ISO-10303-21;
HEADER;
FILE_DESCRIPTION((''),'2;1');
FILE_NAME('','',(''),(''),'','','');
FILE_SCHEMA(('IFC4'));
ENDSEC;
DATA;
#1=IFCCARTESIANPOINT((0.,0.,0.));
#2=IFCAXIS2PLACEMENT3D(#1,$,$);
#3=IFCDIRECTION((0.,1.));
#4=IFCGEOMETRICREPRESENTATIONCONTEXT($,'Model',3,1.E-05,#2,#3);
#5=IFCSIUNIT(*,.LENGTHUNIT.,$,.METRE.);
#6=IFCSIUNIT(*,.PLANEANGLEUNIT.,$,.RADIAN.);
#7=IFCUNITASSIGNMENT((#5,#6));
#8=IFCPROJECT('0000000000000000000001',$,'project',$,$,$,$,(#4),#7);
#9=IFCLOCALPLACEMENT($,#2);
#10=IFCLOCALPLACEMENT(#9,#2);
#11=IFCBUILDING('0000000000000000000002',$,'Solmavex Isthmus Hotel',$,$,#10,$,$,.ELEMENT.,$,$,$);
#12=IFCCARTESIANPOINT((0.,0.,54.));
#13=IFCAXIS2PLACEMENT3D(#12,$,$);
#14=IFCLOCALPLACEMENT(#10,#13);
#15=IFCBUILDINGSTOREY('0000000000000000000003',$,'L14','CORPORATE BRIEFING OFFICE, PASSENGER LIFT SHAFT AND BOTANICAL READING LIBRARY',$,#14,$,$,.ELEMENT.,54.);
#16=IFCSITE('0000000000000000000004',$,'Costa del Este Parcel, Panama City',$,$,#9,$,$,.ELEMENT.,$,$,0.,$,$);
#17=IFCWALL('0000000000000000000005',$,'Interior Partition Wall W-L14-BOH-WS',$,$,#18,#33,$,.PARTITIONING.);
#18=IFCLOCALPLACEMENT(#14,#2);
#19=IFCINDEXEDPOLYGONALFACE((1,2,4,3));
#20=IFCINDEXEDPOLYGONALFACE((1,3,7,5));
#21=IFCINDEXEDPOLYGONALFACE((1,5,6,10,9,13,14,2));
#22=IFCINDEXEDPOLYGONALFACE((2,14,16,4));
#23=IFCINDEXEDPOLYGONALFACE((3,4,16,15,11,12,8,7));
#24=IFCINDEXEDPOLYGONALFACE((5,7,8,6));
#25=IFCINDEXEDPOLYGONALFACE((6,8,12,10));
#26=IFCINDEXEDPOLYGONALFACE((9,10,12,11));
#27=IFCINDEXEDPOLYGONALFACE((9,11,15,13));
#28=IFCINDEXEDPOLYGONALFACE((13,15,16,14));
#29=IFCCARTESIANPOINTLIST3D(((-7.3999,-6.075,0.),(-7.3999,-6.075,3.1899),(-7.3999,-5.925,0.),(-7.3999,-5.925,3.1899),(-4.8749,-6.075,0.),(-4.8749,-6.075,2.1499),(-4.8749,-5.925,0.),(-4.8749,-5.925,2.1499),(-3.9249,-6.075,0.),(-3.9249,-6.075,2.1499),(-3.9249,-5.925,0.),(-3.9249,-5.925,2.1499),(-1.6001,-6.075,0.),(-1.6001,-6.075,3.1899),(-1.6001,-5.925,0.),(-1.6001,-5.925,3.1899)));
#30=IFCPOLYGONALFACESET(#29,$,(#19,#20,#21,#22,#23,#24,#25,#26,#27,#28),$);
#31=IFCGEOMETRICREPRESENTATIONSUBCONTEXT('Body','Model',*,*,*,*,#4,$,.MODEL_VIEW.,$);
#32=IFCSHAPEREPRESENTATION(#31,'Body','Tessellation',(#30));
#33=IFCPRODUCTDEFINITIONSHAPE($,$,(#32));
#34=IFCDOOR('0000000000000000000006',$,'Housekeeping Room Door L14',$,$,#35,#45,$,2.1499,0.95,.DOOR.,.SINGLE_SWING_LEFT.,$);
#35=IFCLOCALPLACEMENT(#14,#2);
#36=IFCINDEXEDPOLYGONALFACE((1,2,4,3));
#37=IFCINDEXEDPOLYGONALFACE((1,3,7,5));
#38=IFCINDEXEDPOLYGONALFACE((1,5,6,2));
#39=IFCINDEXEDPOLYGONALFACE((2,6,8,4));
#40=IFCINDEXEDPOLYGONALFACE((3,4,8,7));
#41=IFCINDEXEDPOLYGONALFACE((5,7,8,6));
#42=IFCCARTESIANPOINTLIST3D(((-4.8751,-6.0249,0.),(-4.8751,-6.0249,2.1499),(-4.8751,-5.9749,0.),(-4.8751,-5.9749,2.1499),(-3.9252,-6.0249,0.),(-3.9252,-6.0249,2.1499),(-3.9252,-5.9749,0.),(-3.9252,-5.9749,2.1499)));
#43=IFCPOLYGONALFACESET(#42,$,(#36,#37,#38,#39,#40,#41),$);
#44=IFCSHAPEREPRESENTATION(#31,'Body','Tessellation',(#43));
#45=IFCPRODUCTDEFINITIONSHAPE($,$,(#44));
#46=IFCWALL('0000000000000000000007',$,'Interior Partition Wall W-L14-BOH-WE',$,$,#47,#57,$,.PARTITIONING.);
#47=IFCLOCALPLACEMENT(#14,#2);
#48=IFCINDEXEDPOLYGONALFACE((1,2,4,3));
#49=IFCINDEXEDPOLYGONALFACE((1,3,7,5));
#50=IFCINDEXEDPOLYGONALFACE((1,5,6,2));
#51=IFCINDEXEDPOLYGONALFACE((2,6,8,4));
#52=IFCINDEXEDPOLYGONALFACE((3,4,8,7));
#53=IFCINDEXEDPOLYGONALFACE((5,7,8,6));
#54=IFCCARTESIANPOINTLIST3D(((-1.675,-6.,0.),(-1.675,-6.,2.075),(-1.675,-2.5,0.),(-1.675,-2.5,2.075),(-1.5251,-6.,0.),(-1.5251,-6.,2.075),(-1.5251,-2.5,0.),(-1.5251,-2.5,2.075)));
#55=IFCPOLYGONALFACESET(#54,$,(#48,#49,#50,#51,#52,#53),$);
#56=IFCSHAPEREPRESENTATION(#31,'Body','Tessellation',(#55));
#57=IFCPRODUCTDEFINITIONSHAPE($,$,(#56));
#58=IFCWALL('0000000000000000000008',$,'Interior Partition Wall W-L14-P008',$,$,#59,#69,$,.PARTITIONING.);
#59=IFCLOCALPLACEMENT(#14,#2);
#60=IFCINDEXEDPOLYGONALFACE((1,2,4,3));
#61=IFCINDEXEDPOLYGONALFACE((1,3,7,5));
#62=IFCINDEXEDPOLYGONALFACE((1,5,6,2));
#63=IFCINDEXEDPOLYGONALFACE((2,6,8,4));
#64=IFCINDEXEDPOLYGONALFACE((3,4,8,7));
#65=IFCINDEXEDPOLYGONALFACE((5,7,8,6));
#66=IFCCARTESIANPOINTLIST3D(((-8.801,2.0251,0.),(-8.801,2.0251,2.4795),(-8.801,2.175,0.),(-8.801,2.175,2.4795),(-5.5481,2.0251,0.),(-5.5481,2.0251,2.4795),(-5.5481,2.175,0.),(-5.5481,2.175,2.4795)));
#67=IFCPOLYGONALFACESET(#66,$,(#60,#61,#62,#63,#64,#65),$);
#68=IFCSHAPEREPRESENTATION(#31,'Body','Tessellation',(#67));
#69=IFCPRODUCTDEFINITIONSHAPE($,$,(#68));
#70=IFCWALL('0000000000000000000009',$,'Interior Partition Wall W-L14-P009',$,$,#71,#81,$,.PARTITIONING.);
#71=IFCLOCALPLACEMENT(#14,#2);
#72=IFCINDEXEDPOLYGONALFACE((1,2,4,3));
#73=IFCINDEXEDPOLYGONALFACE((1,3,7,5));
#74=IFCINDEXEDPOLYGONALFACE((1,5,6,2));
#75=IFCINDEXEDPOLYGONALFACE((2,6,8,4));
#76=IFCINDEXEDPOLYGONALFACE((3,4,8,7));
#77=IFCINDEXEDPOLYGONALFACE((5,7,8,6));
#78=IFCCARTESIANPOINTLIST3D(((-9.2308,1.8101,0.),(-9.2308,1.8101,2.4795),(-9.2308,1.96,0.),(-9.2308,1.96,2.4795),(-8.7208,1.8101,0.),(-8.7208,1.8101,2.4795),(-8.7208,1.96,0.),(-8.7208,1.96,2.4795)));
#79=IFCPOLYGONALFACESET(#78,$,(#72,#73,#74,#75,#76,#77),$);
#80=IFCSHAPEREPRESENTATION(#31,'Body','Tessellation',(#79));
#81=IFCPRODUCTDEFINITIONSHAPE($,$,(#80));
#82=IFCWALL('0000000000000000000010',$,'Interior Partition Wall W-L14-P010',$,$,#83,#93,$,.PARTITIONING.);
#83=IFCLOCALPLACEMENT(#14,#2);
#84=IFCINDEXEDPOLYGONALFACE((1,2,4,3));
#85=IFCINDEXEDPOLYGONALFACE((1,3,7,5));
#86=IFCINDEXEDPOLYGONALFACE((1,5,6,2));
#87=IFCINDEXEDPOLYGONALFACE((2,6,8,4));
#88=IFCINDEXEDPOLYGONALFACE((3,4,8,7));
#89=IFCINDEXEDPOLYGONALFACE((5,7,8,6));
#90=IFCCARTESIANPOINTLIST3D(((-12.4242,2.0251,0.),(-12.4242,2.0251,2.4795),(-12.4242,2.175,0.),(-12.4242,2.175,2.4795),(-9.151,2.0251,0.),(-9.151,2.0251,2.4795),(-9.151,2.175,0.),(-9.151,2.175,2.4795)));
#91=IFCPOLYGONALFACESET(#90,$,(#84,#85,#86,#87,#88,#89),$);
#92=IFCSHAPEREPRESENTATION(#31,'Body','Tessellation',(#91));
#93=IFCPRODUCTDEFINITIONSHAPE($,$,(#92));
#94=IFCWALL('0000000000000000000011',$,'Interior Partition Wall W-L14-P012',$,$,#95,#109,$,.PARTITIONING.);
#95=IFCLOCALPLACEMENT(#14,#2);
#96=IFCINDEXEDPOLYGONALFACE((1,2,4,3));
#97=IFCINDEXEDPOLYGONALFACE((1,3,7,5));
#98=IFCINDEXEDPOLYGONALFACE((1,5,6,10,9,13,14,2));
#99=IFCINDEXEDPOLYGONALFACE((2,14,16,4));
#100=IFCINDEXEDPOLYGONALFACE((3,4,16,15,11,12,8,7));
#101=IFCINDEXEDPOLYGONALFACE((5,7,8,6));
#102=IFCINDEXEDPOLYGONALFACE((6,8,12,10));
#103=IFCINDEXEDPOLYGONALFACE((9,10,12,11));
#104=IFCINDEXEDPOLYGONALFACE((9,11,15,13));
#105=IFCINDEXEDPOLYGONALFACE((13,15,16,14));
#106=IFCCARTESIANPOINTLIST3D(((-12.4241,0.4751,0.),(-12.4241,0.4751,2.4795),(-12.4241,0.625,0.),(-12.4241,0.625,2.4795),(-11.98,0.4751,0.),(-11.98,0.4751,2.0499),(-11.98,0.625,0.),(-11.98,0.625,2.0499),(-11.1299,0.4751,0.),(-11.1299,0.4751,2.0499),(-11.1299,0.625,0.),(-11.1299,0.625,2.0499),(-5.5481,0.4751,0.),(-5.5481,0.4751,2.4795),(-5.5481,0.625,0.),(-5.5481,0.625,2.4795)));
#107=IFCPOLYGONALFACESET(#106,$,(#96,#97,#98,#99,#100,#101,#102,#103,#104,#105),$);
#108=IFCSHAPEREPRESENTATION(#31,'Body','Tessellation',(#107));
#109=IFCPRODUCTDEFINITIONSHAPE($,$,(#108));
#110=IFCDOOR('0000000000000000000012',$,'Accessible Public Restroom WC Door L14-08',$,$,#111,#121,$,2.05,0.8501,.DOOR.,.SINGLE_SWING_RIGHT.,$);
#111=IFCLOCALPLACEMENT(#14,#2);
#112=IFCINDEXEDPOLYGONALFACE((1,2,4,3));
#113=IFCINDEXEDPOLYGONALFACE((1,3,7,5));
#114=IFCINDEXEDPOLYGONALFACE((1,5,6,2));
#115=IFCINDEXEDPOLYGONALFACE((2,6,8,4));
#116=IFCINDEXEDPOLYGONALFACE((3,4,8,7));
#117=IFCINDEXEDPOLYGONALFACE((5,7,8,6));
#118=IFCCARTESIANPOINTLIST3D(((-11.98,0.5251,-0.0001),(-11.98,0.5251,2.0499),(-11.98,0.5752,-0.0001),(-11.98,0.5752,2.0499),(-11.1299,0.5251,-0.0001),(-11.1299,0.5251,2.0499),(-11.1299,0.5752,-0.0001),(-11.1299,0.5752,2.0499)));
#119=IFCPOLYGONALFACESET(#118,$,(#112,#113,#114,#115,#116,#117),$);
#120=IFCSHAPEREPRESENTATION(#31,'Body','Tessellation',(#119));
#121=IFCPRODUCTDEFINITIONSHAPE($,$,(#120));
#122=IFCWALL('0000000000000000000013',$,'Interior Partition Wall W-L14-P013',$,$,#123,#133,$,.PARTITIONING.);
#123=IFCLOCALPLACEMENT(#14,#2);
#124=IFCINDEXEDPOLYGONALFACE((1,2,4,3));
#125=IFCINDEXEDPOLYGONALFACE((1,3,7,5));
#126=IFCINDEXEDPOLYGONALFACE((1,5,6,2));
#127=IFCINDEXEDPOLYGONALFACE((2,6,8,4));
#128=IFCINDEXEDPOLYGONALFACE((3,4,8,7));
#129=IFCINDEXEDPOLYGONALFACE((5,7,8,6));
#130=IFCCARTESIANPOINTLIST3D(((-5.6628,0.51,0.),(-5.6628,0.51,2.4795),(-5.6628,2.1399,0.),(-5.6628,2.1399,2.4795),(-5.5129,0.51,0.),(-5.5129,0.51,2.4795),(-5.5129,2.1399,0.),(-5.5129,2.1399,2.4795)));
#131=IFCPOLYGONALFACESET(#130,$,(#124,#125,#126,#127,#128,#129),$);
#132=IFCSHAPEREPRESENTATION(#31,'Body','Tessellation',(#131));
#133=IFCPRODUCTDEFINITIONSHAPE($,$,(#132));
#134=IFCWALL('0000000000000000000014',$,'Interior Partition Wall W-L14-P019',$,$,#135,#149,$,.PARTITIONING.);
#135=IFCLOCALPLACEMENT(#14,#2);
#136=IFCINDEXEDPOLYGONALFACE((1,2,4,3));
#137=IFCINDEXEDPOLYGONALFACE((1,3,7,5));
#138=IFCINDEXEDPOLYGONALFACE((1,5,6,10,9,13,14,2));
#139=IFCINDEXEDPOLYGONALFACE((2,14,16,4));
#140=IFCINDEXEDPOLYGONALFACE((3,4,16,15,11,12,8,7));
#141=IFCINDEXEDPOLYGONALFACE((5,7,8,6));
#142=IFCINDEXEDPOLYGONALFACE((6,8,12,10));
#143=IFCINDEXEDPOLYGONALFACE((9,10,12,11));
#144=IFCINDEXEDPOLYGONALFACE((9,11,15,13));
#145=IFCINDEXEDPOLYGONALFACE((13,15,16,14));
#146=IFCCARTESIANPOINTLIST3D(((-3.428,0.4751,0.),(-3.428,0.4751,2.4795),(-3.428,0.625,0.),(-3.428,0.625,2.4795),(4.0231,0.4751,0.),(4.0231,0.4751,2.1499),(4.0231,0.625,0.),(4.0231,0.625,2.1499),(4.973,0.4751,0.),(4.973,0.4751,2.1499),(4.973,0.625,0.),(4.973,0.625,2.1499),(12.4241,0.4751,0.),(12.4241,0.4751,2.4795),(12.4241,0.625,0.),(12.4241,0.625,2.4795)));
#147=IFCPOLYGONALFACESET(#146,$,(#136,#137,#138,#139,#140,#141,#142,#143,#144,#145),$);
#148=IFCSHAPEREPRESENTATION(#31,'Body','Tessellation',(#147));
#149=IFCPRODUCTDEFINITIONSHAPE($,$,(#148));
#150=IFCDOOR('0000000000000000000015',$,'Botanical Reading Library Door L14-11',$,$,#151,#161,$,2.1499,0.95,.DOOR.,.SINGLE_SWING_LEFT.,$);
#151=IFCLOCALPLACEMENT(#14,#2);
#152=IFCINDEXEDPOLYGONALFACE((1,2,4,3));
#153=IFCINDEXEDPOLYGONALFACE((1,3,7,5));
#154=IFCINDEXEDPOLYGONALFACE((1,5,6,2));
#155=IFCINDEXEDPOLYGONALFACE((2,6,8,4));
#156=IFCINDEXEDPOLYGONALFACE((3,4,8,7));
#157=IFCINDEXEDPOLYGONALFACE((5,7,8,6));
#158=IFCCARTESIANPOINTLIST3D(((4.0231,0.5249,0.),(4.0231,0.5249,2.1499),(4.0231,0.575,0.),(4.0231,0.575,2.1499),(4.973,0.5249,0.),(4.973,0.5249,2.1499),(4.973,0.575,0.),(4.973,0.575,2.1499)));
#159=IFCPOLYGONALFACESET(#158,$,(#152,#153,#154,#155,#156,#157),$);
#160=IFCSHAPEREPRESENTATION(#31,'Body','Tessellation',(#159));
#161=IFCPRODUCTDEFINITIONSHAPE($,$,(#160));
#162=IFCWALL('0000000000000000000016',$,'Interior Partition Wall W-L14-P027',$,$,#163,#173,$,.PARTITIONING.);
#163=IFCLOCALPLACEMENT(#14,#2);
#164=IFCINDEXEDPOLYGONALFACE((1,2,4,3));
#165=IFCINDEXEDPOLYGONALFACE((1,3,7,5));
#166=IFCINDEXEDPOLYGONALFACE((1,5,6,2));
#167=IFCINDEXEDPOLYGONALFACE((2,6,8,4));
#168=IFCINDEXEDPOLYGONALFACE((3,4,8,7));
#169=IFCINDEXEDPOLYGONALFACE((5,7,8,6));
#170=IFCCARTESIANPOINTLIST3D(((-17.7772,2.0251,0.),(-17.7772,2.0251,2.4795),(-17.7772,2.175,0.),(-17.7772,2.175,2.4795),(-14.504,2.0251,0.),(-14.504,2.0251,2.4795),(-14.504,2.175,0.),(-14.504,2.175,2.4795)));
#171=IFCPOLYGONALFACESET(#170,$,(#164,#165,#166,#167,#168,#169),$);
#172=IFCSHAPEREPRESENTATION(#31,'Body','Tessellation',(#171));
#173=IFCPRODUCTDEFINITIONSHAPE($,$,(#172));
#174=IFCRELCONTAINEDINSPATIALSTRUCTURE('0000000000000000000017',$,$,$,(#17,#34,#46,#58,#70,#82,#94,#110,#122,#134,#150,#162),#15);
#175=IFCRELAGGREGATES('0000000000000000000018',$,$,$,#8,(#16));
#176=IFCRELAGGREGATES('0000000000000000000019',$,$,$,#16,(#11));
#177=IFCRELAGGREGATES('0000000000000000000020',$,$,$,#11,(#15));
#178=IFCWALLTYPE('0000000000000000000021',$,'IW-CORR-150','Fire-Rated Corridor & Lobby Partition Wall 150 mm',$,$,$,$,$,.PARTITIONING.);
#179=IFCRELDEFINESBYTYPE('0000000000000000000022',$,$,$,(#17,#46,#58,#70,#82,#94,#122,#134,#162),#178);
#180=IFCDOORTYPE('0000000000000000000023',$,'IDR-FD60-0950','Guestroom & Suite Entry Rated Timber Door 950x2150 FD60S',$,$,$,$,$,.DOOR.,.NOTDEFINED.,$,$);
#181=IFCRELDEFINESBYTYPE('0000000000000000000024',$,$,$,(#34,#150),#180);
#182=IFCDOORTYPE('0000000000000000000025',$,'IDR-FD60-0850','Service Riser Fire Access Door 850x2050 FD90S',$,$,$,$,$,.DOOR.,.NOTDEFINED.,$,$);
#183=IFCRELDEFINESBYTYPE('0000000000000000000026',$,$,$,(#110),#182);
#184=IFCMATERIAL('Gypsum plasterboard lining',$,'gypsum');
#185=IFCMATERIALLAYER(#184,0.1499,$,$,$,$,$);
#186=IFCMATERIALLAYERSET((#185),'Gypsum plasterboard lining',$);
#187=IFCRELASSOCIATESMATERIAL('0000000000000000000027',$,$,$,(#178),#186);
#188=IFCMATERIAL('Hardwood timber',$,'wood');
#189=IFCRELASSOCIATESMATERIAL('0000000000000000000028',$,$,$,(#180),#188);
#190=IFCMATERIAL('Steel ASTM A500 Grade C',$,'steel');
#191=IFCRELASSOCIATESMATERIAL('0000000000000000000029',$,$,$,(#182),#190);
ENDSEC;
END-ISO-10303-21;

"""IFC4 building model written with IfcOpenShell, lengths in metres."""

from ifc_helpers import new_model, si_unit, direction, frame, frame_2d, origin, place, context, subcontext, project, spatial, rectangle, extrude, material, layer, layer_set, type_object, element, fill, save


model = new_model("IFC4")

# Units and contexts
model_context = context("Model", 3, precision=1e-05, world=origin(), true_north=direction((0.0, 1.0)))
body_context = subcontext(model_context, "Body", "Model", "MODEL_VIEW")
ifc_project = project(units=[si_unit("LENGTHUNIT", "METRE"), si_unit("PLANEANGLEUNIT", "RADIAN")], contexts=[model_context])

# Site, building, storey
site_placement = place(None, origin())
site = spatial("IfcSite", under=ifc_project, at=site_placement, Name="Costa del Este Parcel, Panama City", CompositionType="ELEMENT", RefElevation=0.0)
building_placement = place(site_placement, origin())
building = spatial("IfcBuilding", under=site, at=building_placement, Name="Solmavex Isthmus Hotel", CompositionType="ELEMENT")
storey_placement = place(building_placement, frame((0.0, 0.0, 54.0)))
storey = spatial("IfcBuildingStorey", under=building, at=storey_placement, Name="L14", Description="CORPORATE BRIEFING OFFICE, PASSENGER LIFT SHAFT AND BOTANICAL READING LIBRARY", CompositionType="ELEMENT", Elevation=54.0)

# Wall, opening, door
ifc_material_1 = material(Name="Gypsum plasterboard lining", Category="gypsum")
ifc_layer_1 = layer(ifc_material_1, 0.1499)
ifc_layer_set_1 = layer_set([ifc_layer_1], Name="Gypsum plasterboard lining")
wall_type_1 = type_object("IfcWallType", Name="IW-CORR-150", Description="Fire-Rated Corridor & Lobby Partition Wall 150 mm", PredefinedType="PARTITIONING", material=ifc_layer_set_1)
wall_1_placement = place(storey_placement, frame((-7.3999, -6.0, 0.0), z_axis=(0.0, 0.0, 1.0), x_axis=(1.0, 0.0, 0.0)))
wall_1 = element("IfcWall", 1, at=wall_1_placement, inside=storey, type_object=wall_type_1, Name="Interior Partition Wall W-L14-BOH-WS", PredefinedType="PARTITIONING", context=body_context, shape_type="SweptSolid", body=[
    extrude(rectangle(XDim=5.7998, YDim=0.1499, at=frame_2d((2.8999, 0.0))), origin(), (0.0, 0.0, 1.0), 3.1899),
])
opening_1_placement = place(wall_1_placement, frame((2.5249, 0.0, 0.0)))
opening_1 = element("IfcOpeningElement", 2, at=opening_1_placement, cuts=wall_1, PredefinedType="OPENING", context=body_context, shape_type="SweptSolid", body=[
    extrude(rectangle(XDim=0.95, YDim=2.1499, at=frame_2d((0.4751, 1.075))), frame((0.0, 0.085, 0.0), z_axis=(0.0, -1.0, 0.0), x_axis=(1.0, 0.0, 0.0)), (0.0, 0.0, 1.0), 0.1699),
])
ifc_material_2 = material(Name="Hardwood timber", Category="wood")
door_type_1 = type_object("IfcDoorType", Name="IDR-FD60-0950", Description="Guestroom & Suite Entry Rated Timber Door 950x2150 FD60S", OperationType="NOTDEFINED", PredefinedType="DOOR", material=ifc_material_2)
door_1_placement = place(opening_1_placement, frame((0.95, 0.0, 0.0), z_axis=(0.0, 0.0, 1.0), x_axis=(-1.0, 0.0, 0.0)))
door_1 = element("IfcDoor", 3, at=door_1_placement, inside=storey, type_object=door_type_1, Name="Housekeeping Room Door L14", OperationType="SINGLE_SWING_LEFT", OverallHeight=2.1499, OverallWidth=0.95, PredefinedType="DOOR", context=body_context, shape_type="SweptSolid", body=[
    extrude(rectangle(XDim=0.95, YDim=2.1499, at=frame_2d((0.4751, 1.075))), frame((0.0, 0.0249, 0.0), z_axis=(0.0, -1.0, 0.0), x_axis=(1.0, 0.0, 0.0)), (0.0, 0.0, 1.0), 0.05),
])
fill(opening_1, door_1)

# Walls
wall_2_placement = place(storey_placement, frame((-1.6001, -6.0, 0.0), z_axis=(0.0, 0.0, 1.0), x_axis=(0.0, 1.0, 0.0)))
element("IfcWall", 4, at=wall_2_placement, inside=storey, type_object=wall_type_1, Name="Interior Partition Wall W-L14-BOH-WE", PredefinedType="PARTITIONING", context=body_context, shape_type="SweptSolid", body=[
    extrude(rectangle(XDim=3.5, YDim=0.1499, at=frame_2d((1.75, 0.0))), origin(), (0.0, 0.0, 1.0), 2.075),
])
wall_3_placement = place(storey_placement, frame((-5.5481, 2.1001, 0.0), z_axis=(0.0, 0.0, 1.0), x_axis=(-1.0, 0.0, 0.0)))
element("IfcWall", 5, at=wall_3_placement, inside=storey, type_object=wall_type_1, Name="Interior Partition Wall W-L14-P008", PredefinedType="PARTITIONING", context=body_context, shape_type="SweptSolid", body=[
    extrude(rectangle(XDim=3.2529, YDim=0.1499, at=frame_2d((1.6265, 0.0))), origin(), (0.0, 0.0, 1.0), 2.4795),
])
wall_4_placement = place(storey_placement, frame((-8.7209, 1.885, 0.0), z_axis=(0.0, 0.0, 1.0), x_axis=(-1.0, 0.0, 0.0)))
element("IfcWall", 6, at=wall_4_placement, inside=storey, type_object=wall_type_1, Name="Interior Partition Wall W-L14-P009", PredefinedType="PARTITIONING", context=body_context, shape_type="SweptSolid", body=[
    extrude(rectangle(XDim=0.51, YDim=0.1499, at=frame_2d((0.2549, 0.0))), origin(), (0.0, 0.0, 1.0), 2.4795),
])
wall_5_placement = place(storey_placement, frame((-9.1509, 2.1001, 0.0), z_axis=(0.0, 0.0, 1.0), x_axis=(-1.0, 0.0, 0.0)))
element("IfcWall", 7, at=wall_5_placement, inside=storey, type_object=wall_type_1, Name="Interior Partition Wall W-L14-P010", PredefinedType="PARTITIONING", context=body_context, shape_type="SweptSolid", body=[
    extrude(rectangle(XDim=3.2732, YDim=0.1499, at=frame_2d((1.6367, 0.0))), origin(), (0.0, 0.0, 1.0), 2.4795),
])

# Wall, opening, door
wall_6_placement = place(storey_placement, frame((-12.4241, 0.55, 0.0), z_axis=(0.0, 0.0, 1.0), x_axis=(1.0, 0.0, 0.0)))
wall_6 = element("IfcWall", 8, at=wall_6_placement, inside=storey, type_object=wall_type_1, Name="Interior Partition Wall W-L14-P012", PredefinedType="PARTITIONING", context=body_context, shape_type="SweptSolid", body=[
    extrude(rectangle(XDim=6.876, YDim=0.1499, at=frame_2d((3.438, 0.0))), origin(), (0.0, 0.0, 1.0), 2.4795),
])
opening_2_placement = place(wall_6_placement, frame((0.4441, 0.0, 0.0)))
opening_2 = element("IfcOpeningElement", 9, at=opening_2_placement, cuts=wall_6, PredefinedType="OPENING", context=body_context, shape_type="SweptSolid", body=[
    extrude(rectangle(XDim=0.8501, YDim=2.05, at=frame_2d((0.425, 1.0249))), frame((0.0, 0.085, 0.0), z_axis=(0.0, -1.0, 0.0), x_axis=(1.0, 0.0, 0.0)), (0.0, 0.0, 1.0), 0.1699),
])
ifc_material_3 = material(Name="Steel ASTM A500 Grade C", Category="steel")
door_type_2 = type_object("IfcDoorType", Name="IDR-FD60-0850", Description="Service Riser Fire Access Door 850x2050 FD90S", OperationType="NOTDEFINED", PredefinedType="DOOR", material=ifc_material_3)
door_2_placement = place(opening_2_placement, frame((0.8501, 0.0, 0.0), z_axis=(0.0, 0.0, 1.0), x_axis=(-1.0, 0.0, 0.0)))
door_2 = element("IfcDoor", 10, at=door_2_placement, inside=storey, type_object=door_type_2, Name="Accessible Public Restroom WC Door L14-08", OperationType="SINGLE_SWING_RIGHT", OverallHeight=2.05, OverallWidth=0.8501, PredefinedType="DOOR", context=body_context, shape_type="SweptSolid", body=[
    extrude(rectangle(XDim=0.8501, YDim=2.05, at=frame_2d((0.425, 1.0249))), frame((0.0, 0.0249, 0.0), z_axis=(0.0, -1.0, 0.0), x_axis=(1.0, 0.0, 0.0)), (0.0, 0.0, 1.0), 0.05),
])
fill(opening_2, door_2)

# Wall
wall_7_placement = place(storey_placement, frame((-5.5879, 0.51, 0.0), z_axis=(0.0, 0.0, 1.0), x_axis=(0.0, 1.0, 0.0)))
element("IfcWall", 11, at=wall_7_placement, inside=storey, type_object=wall_type_1, Name="Interior Partition Wall W-L14-P013", PredefinedType="PARTITIONING", context=body_context, shape_type="SweptSolid", body=[
    extrude(rectangle(XDim=1.6299, YDim=0.1499, at=frame_2d((0.8149, 0.0))), origin(), (0.0, 0.0, 1.0), 2.4795),
])

# Wall, opening, door
wall_8_placement = place(storey_placement, frame((-3.428, 0.55, 0.0), z_axis=(0.0, 0.0, 1.0), x_axis=(1.0, 0.0, 0.0)))
wall_8 = element("IfcWall", 12, at=wall_8_placement, inside=storey, type_object=wall_type_1, Name="Interior Partition Wall W-L14-P019", PredefinedType="PARTITIONING", context=body_context, shape_type="SweptSolid", body=[
    extrude(rectangle(XDim=15.8521, YDim=0.1499, at=frame_2d((7.926, 0.0))), origin(), (0.0, 0.0, 1.0), 2.4795),
])
opening_3_placement = place(wall_8_placement, frame((7.4509, 0.0, 0.0)))
opening_3 = element("IfcOpeningElement", 13, at=opening_3_placement, cuts=wall_8, PredefinedType="OPENING", context=body_context, shape_type="SweptSolid", body=[
    extrude(rectangle(XDim=0.95, YDim=2.1499, at=frame_2d((0.4751, 1.075))), frame((0.0, 0.085, 0.0), z_axis=(0.0, -1.0, 0.0), x_axis=(1.0, 0.0, 0.0)), (0.0, 0.0, 1.0), 0.1699),
])
door_3_placement = place(opening_3_placement, origin())
door_3 = element("IfcDoor", 14, at=door_3_placement, inside=storey, type_object=door_type_1, Name="Botanical Reading Library Door L14-11", OperationType="SINGLE_SWING_LEFT", OverallHeight=2.1499, OverallWidth=0.95, PredefinedType="DOOR", context=body_context, shape_type="SweptSolid", body=[
    extrude(rectangle(XDim=0.95, YDim=2.1499, at=frame_2d((0.4751, 1.075))), frame((0.0, 0.0249, 0.0), z_axis=(0.0, -1.0, 0.0), x_axis=(1.0, 0.0, 0.0)), (0.0, 0.0, 1.0), 0.05),
])
fill(opening_3, door_3)

# Wall
wall_9_placement = place(storey_placement, frame((-14.5039, 2.1001, 0.0), z_axis=(0.0, 0.0, 1.0), x_axis=(-1.0, 0.0, 0.0)))
element("IfcWall", 15, at=wall_9_placement, inside=storey, type_object=wall_type_1, Name="Interior Partition Wall W-L14-P027", PredefinedType="PARTITIONING", context=body_context, shape_type="SweptSolid", body=[
    extrude(rectangle(XDim=3.2732, YDim=0.1499, at=frame_2d((1.6367, 0.0))), origin(), (0.0, 0.0, 1.0), 2.4795),
])

save(model, "model.ifc")
